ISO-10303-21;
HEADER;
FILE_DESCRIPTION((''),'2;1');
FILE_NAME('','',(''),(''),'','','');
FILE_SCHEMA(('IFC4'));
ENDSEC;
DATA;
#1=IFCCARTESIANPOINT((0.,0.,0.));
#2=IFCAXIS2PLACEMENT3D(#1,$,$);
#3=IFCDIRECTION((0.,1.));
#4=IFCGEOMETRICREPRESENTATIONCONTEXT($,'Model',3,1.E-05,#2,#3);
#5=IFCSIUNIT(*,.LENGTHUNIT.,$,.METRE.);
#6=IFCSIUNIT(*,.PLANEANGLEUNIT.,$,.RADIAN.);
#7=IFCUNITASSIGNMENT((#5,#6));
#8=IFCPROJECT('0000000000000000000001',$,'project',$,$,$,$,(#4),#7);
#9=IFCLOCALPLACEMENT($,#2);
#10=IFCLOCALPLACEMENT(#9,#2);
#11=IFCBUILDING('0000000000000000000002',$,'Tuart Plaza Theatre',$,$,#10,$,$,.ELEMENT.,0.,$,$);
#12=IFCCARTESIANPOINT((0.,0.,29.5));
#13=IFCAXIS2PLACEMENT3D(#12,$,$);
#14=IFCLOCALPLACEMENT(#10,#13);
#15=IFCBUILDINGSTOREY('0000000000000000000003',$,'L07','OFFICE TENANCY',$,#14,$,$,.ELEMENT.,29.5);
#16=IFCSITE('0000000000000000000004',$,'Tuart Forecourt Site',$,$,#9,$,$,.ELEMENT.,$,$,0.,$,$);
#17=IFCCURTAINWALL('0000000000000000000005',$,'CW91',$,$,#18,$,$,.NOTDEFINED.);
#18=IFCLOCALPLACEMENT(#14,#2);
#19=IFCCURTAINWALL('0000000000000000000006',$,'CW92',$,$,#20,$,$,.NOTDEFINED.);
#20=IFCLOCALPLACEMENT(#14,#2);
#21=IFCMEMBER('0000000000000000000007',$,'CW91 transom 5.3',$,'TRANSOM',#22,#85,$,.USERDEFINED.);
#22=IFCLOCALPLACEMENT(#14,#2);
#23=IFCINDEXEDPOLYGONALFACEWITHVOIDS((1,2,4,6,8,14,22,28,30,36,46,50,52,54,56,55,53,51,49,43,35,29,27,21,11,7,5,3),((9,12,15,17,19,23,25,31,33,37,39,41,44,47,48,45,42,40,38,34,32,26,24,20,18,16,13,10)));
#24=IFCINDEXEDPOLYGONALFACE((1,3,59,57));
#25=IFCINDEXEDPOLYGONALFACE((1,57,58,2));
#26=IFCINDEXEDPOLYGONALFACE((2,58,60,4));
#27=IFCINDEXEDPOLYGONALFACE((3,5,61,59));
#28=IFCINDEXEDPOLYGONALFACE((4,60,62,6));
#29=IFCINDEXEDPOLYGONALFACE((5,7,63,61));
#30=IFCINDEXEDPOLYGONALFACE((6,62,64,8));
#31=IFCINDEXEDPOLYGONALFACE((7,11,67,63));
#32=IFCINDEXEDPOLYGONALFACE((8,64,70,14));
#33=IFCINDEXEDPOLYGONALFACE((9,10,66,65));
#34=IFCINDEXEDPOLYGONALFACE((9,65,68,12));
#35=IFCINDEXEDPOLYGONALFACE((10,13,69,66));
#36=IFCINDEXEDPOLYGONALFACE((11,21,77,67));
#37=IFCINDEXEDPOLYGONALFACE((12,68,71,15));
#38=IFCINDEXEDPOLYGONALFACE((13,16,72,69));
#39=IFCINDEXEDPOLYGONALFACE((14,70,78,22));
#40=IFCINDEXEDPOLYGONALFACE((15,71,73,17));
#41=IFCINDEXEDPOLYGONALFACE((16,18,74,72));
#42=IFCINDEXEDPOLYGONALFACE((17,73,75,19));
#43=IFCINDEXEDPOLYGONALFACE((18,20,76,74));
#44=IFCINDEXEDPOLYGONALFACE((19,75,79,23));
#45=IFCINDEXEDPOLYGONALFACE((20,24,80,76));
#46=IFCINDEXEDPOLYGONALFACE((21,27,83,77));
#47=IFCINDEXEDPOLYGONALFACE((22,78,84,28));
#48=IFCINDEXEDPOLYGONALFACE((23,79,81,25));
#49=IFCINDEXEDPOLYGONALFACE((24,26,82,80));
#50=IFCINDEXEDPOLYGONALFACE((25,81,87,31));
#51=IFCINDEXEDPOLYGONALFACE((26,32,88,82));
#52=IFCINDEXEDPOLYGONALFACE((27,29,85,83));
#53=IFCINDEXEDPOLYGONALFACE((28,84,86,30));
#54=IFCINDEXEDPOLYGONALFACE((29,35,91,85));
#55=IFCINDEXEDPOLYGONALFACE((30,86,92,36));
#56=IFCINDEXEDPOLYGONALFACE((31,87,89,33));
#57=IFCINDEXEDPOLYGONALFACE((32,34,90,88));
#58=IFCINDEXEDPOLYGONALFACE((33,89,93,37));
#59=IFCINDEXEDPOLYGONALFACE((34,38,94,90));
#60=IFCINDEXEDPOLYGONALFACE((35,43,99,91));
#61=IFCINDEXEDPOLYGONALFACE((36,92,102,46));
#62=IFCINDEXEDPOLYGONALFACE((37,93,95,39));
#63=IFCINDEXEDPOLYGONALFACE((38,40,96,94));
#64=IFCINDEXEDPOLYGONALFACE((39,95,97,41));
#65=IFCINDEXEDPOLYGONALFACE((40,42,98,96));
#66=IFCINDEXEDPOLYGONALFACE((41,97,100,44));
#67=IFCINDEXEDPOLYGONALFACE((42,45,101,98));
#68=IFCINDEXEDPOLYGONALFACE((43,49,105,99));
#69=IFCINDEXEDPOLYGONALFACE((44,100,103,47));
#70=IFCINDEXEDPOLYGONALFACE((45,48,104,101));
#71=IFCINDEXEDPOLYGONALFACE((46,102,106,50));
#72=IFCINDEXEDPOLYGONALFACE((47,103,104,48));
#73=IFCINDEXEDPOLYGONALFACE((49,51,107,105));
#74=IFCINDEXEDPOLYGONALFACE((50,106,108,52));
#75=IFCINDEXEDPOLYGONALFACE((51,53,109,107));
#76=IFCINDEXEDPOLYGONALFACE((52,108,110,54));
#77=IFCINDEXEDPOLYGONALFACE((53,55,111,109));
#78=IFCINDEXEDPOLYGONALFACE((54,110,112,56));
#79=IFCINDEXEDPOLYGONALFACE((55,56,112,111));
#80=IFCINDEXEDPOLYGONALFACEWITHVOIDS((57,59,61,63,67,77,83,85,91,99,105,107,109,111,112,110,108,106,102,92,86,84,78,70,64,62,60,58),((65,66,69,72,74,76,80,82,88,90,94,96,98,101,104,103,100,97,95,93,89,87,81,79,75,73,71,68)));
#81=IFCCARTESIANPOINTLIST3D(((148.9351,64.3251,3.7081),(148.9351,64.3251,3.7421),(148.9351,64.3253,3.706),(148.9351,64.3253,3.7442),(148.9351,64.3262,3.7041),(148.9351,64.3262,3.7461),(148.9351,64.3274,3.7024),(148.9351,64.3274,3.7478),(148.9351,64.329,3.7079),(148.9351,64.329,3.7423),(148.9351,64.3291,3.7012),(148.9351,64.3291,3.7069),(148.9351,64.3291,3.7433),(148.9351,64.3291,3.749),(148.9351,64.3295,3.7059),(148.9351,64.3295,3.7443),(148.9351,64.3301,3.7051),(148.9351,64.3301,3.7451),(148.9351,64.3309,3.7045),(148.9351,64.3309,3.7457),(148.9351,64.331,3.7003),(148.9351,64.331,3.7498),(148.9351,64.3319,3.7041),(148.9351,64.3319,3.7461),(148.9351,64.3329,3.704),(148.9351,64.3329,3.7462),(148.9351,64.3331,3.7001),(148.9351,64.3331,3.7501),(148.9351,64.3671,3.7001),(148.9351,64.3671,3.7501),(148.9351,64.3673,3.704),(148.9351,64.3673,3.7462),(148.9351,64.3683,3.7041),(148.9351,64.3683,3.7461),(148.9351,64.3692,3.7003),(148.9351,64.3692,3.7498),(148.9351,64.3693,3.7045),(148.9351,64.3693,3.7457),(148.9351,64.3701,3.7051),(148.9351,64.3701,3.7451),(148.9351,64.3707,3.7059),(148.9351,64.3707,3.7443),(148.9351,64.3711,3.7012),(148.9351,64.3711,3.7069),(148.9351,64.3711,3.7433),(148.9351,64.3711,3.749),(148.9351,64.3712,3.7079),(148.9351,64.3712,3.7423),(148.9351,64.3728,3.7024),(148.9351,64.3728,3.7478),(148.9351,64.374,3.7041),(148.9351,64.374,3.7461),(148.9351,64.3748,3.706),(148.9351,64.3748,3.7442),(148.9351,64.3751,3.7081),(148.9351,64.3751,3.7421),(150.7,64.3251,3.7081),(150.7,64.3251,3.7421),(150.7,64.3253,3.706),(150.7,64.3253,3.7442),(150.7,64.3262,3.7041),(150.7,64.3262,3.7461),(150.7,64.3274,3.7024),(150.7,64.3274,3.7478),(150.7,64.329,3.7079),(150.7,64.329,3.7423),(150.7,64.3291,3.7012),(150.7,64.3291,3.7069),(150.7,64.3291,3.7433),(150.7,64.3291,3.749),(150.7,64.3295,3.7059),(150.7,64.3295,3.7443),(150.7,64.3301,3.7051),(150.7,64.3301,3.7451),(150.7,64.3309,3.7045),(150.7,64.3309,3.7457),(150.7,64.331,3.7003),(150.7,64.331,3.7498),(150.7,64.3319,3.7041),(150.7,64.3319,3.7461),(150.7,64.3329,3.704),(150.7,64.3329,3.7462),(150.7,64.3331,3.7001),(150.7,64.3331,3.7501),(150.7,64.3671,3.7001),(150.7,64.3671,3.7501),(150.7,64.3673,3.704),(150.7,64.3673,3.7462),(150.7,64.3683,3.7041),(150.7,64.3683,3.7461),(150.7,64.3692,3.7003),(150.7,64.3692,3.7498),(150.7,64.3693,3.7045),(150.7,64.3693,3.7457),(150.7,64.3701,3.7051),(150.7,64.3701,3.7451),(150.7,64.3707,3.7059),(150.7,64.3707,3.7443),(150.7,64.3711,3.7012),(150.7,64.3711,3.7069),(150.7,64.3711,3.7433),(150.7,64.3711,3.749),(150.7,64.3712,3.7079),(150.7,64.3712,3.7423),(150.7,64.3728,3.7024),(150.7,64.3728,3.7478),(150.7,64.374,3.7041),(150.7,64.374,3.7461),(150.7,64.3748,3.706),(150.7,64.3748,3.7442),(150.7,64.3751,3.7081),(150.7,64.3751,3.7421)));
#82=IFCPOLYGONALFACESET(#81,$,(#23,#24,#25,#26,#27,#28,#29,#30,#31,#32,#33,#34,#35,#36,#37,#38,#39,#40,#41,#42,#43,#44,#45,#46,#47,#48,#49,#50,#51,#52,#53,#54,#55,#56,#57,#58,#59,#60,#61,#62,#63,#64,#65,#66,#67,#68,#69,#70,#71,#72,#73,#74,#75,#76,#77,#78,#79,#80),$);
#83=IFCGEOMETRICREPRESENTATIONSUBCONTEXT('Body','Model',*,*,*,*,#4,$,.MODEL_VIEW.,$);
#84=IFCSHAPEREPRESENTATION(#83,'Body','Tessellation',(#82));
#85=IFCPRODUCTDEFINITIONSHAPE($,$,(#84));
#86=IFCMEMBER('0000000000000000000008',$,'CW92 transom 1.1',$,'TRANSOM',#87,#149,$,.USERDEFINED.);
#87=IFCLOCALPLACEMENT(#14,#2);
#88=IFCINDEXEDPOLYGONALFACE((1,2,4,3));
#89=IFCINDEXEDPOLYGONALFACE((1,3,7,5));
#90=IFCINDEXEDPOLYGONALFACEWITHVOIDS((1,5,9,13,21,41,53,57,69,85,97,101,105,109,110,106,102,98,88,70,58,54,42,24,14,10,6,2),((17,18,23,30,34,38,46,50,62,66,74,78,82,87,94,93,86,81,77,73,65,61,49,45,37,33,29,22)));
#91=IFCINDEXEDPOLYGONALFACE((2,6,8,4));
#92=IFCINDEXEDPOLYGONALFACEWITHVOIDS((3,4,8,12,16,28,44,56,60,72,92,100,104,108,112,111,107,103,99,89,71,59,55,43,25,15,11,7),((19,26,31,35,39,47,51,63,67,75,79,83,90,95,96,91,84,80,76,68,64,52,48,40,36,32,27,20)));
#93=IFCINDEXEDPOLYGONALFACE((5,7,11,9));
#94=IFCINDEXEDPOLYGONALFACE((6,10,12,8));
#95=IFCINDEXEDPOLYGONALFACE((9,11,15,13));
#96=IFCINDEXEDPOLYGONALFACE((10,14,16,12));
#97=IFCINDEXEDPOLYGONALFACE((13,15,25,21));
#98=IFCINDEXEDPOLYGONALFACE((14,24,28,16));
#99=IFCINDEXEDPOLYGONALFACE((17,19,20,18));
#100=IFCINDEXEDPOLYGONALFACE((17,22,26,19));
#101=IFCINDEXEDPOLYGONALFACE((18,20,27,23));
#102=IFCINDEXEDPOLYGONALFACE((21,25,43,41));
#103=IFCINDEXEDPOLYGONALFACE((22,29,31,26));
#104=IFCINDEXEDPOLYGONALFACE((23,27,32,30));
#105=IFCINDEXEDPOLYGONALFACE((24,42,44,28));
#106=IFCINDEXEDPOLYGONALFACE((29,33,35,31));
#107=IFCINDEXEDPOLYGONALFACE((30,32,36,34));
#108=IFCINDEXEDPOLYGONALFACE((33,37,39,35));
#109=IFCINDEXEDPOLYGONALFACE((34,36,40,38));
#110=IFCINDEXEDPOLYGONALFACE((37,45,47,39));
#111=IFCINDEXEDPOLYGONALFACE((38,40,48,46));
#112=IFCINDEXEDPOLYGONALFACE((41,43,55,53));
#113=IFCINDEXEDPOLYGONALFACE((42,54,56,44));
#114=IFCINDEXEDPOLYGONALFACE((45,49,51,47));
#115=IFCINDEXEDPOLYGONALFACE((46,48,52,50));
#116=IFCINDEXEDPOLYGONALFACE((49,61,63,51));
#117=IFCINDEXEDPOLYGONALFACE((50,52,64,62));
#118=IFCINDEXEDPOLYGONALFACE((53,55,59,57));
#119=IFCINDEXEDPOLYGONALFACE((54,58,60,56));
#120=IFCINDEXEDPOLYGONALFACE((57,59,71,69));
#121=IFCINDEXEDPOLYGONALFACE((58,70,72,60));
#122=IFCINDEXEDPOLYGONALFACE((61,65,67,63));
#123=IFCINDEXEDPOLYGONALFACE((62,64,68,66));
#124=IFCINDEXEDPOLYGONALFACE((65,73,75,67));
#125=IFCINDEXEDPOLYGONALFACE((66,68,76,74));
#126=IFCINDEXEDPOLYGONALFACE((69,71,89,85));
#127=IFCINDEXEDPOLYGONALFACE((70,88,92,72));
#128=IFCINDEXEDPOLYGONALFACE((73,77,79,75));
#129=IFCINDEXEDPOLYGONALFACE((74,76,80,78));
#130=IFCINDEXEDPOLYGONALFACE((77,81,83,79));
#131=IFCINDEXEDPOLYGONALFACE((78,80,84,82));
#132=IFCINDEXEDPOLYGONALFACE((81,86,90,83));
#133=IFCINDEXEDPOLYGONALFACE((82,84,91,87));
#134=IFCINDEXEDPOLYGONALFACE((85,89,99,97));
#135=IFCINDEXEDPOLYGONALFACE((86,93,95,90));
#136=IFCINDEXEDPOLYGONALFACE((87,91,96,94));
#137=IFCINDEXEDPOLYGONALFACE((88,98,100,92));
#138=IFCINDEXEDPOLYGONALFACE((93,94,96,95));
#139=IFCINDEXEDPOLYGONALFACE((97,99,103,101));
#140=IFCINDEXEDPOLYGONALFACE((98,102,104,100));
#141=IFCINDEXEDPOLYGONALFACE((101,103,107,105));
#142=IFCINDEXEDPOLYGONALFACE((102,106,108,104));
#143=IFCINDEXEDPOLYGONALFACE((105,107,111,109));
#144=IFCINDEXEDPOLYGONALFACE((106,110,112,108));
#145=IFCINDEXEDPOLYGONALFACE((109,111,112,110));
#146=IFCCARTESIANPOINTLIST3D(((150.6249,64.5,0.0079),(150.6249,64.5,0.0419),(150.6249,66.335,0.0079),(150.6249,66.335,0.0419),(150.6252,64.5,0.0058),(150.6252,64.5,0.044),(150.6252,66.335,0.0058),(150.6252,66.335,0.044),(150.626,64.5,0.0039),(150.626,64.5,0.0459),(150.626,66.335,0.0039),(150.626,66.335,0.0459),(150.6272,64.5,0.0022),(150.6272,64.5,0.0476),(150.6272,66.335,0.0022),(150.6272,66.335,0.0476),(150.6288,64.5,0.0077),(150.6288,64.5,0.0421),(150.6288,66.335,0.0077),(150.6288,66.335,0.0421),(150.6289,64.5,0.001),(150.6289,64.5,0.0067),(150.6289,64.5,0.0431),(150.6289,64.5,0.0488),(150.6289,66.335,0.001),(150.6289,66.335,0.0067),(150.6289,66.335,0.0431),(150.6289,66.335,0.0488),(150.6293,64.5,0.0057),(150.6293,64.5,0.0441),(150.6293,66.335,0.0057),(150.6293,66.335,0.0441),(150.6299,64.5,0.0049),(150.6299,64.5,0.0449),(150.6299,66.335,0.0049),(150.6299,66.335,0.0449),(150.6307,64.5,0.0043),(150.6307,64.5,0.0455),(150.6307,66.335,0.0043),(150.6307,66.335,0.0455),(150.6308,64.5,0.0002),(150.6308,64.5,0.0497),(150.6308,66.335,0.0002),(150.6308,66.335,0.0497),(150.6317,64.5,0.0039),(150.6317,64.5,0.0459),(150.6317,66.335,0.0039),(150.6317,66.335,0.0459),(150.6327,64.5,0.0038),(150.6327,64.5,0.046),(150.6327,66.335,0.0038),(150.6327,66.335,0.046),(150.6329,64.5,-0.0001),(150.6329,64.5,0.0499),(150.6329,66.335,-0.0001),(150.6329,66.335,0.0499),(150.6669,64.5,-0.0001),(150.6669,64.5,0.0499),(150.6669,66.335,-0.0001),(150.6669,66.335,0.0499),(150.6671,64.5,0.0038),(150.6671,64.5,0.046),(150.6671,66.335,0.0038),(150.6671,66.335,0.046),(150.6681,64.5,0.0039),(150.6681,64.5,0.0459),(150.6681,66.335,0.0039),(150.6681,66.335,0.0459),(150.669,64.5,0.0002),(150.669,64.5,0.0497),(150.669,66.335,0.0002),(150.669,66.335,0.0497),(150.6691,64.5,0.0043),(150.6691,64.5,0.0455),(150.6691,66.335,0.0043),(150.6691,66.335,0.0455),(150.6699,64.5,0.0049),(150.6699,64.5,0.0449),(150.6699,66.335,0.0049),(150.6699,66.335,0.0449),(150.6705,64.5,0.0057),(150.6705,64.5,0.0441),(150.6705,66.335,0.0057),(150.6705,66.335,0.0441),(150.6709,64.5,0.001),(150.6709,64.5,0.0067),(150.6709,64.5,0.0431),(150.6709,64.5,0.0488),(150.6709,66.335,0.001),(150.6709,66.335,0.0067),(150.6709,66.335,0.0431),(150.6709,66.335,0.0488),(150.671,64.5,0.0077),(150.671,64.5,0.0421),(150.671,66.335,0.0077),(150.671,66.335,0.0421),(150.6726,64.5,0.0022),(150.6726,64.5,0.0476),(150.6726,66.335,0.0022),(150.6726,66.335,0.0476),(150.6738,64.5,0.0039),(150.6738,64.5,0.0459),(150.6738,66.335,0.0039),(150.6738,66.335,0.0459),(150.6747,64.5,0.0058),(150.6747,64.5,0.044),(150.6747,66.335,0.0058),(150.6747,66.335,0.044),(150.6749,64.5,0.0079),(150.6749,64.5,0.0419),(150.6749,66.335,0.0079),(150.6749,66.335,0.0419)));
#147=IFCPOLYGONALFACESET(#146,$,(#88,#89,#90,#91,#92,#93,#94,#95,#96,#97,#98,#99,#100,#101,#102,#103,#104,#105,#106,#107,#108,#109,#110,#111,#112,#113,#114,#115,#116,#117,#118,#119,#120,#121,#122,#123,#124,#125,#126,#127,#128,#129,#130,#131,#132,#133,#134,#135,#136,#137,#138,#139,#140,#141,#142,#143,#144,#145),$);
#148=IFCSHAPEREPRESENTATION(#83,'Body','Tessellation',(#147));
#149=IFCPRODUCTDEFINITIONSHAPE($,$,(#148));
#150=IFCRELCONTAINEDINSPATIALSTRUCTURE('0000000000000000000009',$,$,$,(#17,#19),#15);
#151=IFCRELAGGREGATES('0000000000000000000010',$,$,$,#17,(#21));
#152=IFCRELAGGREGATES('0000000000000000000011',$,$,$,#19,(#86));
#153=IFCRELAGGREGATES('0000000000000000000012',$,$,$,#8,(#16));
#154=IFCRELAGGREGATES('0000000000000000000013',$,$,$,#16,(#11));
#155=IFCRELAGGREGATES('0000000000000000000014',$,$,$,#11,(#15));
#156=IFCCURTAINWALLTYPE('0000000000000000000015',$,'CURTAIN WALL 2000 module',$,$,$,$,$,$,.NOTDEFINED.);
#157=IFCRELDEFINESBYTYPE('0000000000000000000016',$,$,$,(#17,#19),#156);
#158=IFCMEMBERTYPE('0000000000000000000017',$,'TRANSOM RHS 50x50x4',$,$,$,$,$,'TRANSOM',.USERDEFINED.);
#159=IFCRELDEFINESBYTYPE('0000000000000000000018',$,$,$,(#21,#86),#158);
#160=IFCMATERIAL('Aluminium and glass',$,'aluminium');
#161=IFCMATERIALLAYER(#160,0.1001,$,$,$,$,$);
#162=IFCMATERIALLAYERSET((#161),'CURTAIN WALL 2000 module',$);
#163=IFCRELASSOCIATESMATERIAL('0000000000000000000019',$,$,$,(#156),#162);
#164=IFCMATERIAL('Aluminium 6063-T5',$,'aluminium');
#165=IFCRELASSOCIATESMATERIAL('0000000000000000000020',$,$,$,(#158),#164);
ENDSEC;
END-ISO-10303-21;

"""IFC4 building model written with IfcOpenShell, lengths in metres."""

from ifc_helpers import new_model, si_unit, direction, frame, origin, origin_2d, place, context, subcontext, project, spatial, hollow_rectangle, extrude, material, layer, layer_set, material_profile, profile_set, type_object, element, aggregate, save


model = new_model("IFC4")

# Units and contexts
model_context = context("Model", 3, precision=1e-05, world=origin(), true_north=direction((0.0, 1.0)))
body_context = subcontext(model_context, "Body", "Model", "MODEL_VIEW")
ifc_project = project(units=[si_unit("LENGTHUNIT", "METRE"), si_unit("PLANEANGLEUNIT", "RADIAN")], contexts=[model_context])

# Site, building, storey
site_placement = place(None, origin())
site = spatial("IfcSite", under=ifc_project, at=site_placement, Name="Tuart Forecourt Site", CompositionType="ELEMENT", RefElevation=0.0)
building_placement = place(site_placement, origin())
building = spatial("IfcBuilding", under=site, at=building_placement, Name="Tuart Plaza Theatre", CompositionType="ELEMENT", ElevationOfRefHeight=0.0)
storey_placement = place(building_placement, frame((0.0, 0.0, 29.5)))
storey = spatial("IfcBuildingStorey", under=building, at=storey_placement, Name="L07", Description="OFFICE TENANCY", CompositionType="ELEMENT", Elevation=29.5)

# Curtain wall
ifc_material_1 = material(Name="Aluminium and glass", Category="aluminium")
ifc_layer_1 = layer(ifc_material_1, 0.1001)
ifc_layer_set_1 = layer_set([ifc_layer_1], Name="CURTAIN WALL 2000 module")
curtain_wall_type = type_object("IfcCurtainWallType", Name="CURTAIN WALL 2000 module", PredefinedType="NOTDEFINED", material=ifc_layer_set_1)
curtain_wall_1_placement = place(storey_placement, origin())
curtain_wall_1 = element("IfcCurtainWall", 1, at=curtain_wall_1_placement, inside=storey, type_object=curtain_wall_type, Name="CW91", PredefinedType="NOTDEFINED")

# Curtain wall
curtain_wall_2_placement = place(storey_placement, origin())
curtain_wall_2 = element("IfcCurtainWall", 2, at=curtain_wall_2_placement, inside=storey, type_object=curtain_wall_type, Name="CW92", PredefinedType="NOTDEFINED")

# Members
ifc_material_2 = material(Name="Aluminium 6063-T5", Category="aluminium")
ifc_material_profile_1 = material_profile(ifc_material_2, hollow_rectangle(XDim=0.05, YDim=0.05, WallThickness=0.0039, InnerFilletRadius=0.0039, OuterFilletRadius=0.0081, at=origin_2d()), Name="RHS 50x50x4")
ifc_profile_set_1 = profile_set([ifc_material_profile_1], Name="Aluminium 6063-T5")
member_type_1 = type_object("IfcMemberType", Name="TRANSOM RHS 50x50x4", ElementType="TRANSOM", PredefinedType="USERDEFINED", material=ifc_profile_set_1)
member_1_placement = place(storey_placement, frame((148.9351, 64.3501, 3.7251), z_axis=(1.0, 0.0, 0.0), x_axis=(0.0, 1.0, 0.0)))
member_1 = element("IfcMember", 3, at=member_1_placement, type_object=member_type_1, Name="CW91 transom 5.3", ObjectType="TRANSOM", PredefinedType="USERDEFINED", context=body_context, shape_type="SweptSolid", body=[
    extrude(hollow_rectangle(XDim=0.05, YDim=0.05, WallThickness=0.0039, InnerFilletRadius=0.0039, OuterFilletRadius=0.0081, at=origin_2d()), origin(), (0.0, 0.0, 1.0), 1.7649),
])
member_2_placement = place(storey_placement, frame((150.6499, 64.5, 0.0249), z_axis=(0.0, 1.0, 0.0), x_axis=(-1.0, 0.0, 0.0)))
member_2 = element("IfcMember", 4, at=member_2_placement, type_object=member_type_1, Name="CW92 transom 1.1", ObjectType="TRANSOM", PredefinedType="USERDEFINED", context=body_context, shape_type="SweptSolid", body=[
    extrude(hollow_rectangle(XDim=0.05, YDim=0.05, WallThickness=0.0039, InnerFilletRadius=0.0039, OuterFilletRadius=0.0081, at=origin_2d()), origin(), (0.0, 0.0, 1.0), 1.835),
])

aggregate(curtain_wall_1, [member_1])
aggregate(curtain_wall_2, [member_2])

save(model, "model.ifc")
